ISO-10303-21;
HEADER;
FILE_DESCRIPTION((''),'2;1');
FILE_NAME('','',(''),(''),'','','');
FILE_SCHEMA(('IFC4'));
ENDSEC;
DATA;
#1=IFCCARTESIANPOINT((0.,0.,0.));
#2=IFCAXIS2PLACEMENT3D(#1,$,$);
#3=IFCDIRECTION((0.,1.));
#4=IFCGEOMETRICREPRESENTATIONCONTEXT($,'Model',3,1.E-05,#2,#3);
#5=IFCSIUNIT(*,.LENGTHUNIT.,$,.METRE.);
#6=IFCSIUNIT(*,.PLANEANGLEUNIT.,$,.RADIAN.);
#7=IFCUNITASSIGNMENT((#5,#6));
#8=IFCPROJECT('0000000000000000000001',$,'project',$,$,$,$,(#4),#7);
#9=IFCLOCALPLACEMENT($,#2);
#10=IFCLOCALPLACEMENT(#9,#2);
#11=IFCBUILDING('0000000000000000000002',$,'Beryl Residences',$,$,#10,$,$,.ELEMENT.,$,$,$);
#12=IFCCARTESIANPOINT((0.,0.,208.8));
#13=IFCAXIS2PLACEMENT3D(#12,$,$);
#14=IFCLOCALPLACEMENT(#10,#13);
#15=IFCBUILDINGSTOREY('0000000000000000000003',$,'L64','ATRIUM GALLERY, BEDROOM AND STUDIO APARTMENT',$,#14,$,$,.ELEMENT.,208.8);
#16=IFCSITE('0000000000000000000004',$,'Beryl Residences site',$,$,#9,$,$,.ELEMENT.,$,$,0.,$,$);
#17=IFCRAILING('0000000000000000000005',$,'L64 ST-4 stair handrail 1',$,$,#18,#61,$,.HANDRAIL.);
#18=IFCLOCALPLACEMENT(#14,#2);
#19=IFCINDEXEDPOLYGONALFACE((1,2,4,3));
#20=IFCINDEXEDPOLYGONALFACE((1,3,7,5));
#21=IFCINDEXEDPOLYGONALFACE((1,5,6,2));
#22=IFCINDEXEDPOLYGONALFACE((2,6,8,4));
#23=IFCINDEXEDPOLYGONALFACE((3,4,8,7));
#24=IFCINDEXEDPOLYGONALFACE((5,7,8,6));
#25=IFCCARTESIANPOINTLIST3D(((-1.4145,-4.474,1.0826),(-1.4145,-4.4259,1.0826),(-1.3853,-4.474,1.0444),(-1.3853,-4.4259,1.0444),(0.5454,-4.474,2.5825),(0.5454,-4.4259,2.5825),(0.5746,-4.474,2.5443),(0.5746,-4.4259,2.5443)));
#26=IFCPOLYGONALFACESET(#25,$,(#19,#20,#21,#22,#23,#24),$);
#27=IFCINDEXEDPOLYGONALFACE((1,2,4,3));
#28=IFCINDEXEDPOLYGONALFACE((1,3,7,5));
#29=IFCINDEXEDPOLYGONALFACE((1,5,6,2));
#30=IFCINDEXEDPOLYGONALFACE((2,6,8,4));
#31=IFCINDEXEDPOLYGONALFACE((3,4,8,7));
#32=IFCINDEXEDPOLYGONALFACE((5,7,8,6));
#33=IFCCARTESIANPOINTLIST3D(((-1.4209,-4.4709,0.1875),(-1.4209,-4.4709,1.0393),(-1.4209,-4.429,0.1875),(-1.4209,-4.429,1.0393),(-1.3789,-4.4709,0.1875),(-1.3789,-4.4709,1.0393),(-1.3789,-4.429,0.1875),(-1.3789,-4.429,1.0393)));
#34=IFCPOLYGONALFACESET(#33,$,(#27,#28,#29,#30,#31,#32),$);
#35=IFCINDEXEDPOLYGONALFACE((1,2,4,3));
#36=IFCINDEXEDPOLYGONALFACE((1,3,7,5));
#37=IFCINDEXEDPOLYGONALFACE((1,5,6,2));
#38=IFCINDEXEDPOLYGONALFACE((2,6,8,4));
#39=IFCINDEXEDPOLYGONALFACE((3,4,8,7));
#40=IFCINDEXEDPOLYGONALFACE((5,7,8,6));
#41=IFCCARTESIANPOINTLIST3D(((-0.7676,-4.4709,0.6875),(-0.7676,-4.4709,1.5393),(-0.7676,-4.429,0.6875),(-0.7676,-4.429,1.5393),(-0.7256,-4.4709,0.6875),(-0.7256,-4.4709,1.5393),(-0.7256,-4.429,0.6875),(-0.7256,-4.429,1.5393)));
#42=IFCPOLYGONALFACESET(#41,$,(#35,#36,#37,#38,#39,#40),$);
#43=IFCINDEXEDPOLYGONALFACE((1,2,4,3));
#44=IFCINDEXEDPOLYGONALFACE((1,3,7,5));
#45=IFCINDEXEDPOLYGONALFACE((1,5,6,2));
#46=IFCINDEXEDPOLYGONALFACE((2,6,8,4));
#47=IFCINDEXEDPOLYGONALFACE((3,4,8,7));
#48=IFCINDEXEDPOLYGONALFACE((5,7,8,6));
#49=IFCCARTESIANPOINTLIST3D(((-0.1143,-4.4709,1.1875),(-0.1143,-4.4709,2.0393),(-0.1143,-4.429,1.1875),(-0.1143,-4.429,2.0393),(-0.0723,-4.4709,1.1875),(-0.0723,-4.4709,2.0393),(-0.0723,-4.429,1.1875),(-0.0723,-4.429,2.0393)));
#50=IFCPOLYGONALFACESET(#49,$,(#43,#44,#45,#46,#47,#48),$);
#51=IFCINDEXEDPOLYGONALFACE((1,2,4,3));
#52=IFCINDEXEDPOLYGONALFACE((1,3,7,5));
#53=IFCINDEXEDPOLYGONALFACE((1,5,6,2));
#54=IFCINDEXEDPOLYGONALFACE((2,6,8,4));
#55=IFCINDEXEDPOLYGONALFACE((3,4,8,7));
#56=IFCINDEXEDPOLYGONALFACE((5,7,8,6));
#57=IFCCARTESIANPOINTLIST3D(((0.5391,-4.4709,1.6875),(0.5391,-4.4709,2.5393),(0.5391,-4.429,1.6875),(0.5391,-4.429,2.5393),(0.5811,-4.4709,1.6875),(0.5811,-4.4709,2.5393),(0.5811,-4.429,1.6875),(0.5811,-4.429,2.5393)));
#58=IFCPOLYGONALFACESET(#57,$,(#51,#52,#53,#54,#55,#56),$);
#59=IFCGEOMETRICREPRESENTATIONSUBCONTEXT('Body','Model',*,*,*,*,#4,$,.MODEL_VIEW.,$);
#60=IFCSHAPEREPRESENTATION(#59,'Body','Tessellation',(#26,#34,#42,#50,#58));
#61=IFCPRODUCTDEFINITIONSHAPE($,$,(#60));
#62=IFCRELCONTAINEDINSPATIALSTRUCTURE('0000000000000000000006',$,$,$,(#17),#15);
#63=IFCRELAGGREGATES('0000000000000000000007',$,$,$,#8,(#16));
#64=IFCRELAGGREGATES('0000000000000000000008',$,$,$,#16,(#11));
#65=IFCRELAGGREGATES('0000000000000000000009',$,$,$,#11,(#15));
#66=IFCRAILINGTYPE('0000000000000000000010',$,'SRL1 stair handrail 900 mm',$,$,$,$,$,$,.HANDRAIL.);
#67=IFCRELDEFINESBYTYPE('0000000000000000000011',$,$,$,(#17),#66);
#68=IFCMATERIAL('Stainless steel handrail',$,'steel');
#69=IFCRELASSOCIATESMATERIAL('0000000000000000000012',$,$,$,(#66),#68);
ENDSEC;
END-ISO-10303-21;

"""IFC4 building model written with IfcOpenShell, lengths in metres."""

from ifc_helpers import new_model, si_unit, direction, frame, origin, origin_2d, place, context, subcontext, project, spatial, rectangle, extrude, material, type_object, element, save


model = new_model("IFC4")

# Units and contexts
model_context = context("Model", 3, precision=1e-05, world=origin(), true_north=direction((0.0, 1.0)))
body_context = subcontext(model_context, "Body", "Model", "MODEL_VIEW")
ifc_project = project(units=[si_unit("LENGTHUNIT", "METRE"), si_unit("PLANEANGLEUNIT", "RADIAN")], contexts=[model_context])

# Site, building, storey
site_placement = place(None, origin())
site = spatial("IfcSite", under=ifc_project, at=site_placement, Name="Beryl Residences site", CompositionType="ELEMENT", RefElevation=0.0)
building_placement = place(site_placement, origin())
building = spatial("IfcBuilding", under=site, at=building_placement, Name="Beryl Residences", CompositionType="ELEMENT")
storey_placement = place(building_placement, frame((0.0, 0.0, 208.8)))
storey = spatial("IfcBuildingStorey", under=building, at=storey_placement, Name="L64", Description="ATRIUM GALLERY, BEDROOM AND STUDIO APARTMENT", CompositionType="ELEMENT", Elevation=208.8)

# Railing
ifc_material_1 = material(Name="Stainless steel handrail", Category="steel")
railing_type_1 = type_object("IfcRailingType", Name="SRL1 stair handrail 900 mm", PredefinedType="HANDRAIL", material=ifc_material_1)
railing_1_placement = place(storey_placement, frame((-1.3999, -4.45, 0.1875)))
element("IfcRailing", 1, at=railing_1_placement, inside=storey, type_object=railing_type_1, Name="L64 ST-4 stair handrail 1", PredefinedType="HANDRAIL", context=body_context, shape_type="SweptSolid", body=[
    extrude(rectangle(XDim=0.0481, YDim=0.0481, at=origin_2d()), frame((0.0, 0.0, 0.876), z_axis=(0.794122, 0.0, 0.607758), x_axis=(0.0, 1.0, 0.0)), (0.0, 0.0, 1.0), 2.468),
    extrude(rectangle(XDim=0.042, YDim=0.042, at=origin_2d()), origin(), (0.0, 0.0, 1.0), 0.8518),
    extrude(rectangle(XDim=0.042, YDim=0.042, at=origin_2d()), frame((0.6533, 0.0, 0.5)), (0.0, 0.0, 1.0), 0.8518),
    extrude(rectangle(XDim=0.042, YDim=0.042, at=origin_2d()), frame((1.3066, 0.0, 1.0)), (0.0, 0.0, 1.0), 0.8518),
    extrude(rectangle(XDim=0.042, YDim=0.042, at=origin_2d()), frame((1.96, 0.0, 1.5)), (0.0, 0.0, 1.0), 0.8518),
])

save(model, "model.ifc")
